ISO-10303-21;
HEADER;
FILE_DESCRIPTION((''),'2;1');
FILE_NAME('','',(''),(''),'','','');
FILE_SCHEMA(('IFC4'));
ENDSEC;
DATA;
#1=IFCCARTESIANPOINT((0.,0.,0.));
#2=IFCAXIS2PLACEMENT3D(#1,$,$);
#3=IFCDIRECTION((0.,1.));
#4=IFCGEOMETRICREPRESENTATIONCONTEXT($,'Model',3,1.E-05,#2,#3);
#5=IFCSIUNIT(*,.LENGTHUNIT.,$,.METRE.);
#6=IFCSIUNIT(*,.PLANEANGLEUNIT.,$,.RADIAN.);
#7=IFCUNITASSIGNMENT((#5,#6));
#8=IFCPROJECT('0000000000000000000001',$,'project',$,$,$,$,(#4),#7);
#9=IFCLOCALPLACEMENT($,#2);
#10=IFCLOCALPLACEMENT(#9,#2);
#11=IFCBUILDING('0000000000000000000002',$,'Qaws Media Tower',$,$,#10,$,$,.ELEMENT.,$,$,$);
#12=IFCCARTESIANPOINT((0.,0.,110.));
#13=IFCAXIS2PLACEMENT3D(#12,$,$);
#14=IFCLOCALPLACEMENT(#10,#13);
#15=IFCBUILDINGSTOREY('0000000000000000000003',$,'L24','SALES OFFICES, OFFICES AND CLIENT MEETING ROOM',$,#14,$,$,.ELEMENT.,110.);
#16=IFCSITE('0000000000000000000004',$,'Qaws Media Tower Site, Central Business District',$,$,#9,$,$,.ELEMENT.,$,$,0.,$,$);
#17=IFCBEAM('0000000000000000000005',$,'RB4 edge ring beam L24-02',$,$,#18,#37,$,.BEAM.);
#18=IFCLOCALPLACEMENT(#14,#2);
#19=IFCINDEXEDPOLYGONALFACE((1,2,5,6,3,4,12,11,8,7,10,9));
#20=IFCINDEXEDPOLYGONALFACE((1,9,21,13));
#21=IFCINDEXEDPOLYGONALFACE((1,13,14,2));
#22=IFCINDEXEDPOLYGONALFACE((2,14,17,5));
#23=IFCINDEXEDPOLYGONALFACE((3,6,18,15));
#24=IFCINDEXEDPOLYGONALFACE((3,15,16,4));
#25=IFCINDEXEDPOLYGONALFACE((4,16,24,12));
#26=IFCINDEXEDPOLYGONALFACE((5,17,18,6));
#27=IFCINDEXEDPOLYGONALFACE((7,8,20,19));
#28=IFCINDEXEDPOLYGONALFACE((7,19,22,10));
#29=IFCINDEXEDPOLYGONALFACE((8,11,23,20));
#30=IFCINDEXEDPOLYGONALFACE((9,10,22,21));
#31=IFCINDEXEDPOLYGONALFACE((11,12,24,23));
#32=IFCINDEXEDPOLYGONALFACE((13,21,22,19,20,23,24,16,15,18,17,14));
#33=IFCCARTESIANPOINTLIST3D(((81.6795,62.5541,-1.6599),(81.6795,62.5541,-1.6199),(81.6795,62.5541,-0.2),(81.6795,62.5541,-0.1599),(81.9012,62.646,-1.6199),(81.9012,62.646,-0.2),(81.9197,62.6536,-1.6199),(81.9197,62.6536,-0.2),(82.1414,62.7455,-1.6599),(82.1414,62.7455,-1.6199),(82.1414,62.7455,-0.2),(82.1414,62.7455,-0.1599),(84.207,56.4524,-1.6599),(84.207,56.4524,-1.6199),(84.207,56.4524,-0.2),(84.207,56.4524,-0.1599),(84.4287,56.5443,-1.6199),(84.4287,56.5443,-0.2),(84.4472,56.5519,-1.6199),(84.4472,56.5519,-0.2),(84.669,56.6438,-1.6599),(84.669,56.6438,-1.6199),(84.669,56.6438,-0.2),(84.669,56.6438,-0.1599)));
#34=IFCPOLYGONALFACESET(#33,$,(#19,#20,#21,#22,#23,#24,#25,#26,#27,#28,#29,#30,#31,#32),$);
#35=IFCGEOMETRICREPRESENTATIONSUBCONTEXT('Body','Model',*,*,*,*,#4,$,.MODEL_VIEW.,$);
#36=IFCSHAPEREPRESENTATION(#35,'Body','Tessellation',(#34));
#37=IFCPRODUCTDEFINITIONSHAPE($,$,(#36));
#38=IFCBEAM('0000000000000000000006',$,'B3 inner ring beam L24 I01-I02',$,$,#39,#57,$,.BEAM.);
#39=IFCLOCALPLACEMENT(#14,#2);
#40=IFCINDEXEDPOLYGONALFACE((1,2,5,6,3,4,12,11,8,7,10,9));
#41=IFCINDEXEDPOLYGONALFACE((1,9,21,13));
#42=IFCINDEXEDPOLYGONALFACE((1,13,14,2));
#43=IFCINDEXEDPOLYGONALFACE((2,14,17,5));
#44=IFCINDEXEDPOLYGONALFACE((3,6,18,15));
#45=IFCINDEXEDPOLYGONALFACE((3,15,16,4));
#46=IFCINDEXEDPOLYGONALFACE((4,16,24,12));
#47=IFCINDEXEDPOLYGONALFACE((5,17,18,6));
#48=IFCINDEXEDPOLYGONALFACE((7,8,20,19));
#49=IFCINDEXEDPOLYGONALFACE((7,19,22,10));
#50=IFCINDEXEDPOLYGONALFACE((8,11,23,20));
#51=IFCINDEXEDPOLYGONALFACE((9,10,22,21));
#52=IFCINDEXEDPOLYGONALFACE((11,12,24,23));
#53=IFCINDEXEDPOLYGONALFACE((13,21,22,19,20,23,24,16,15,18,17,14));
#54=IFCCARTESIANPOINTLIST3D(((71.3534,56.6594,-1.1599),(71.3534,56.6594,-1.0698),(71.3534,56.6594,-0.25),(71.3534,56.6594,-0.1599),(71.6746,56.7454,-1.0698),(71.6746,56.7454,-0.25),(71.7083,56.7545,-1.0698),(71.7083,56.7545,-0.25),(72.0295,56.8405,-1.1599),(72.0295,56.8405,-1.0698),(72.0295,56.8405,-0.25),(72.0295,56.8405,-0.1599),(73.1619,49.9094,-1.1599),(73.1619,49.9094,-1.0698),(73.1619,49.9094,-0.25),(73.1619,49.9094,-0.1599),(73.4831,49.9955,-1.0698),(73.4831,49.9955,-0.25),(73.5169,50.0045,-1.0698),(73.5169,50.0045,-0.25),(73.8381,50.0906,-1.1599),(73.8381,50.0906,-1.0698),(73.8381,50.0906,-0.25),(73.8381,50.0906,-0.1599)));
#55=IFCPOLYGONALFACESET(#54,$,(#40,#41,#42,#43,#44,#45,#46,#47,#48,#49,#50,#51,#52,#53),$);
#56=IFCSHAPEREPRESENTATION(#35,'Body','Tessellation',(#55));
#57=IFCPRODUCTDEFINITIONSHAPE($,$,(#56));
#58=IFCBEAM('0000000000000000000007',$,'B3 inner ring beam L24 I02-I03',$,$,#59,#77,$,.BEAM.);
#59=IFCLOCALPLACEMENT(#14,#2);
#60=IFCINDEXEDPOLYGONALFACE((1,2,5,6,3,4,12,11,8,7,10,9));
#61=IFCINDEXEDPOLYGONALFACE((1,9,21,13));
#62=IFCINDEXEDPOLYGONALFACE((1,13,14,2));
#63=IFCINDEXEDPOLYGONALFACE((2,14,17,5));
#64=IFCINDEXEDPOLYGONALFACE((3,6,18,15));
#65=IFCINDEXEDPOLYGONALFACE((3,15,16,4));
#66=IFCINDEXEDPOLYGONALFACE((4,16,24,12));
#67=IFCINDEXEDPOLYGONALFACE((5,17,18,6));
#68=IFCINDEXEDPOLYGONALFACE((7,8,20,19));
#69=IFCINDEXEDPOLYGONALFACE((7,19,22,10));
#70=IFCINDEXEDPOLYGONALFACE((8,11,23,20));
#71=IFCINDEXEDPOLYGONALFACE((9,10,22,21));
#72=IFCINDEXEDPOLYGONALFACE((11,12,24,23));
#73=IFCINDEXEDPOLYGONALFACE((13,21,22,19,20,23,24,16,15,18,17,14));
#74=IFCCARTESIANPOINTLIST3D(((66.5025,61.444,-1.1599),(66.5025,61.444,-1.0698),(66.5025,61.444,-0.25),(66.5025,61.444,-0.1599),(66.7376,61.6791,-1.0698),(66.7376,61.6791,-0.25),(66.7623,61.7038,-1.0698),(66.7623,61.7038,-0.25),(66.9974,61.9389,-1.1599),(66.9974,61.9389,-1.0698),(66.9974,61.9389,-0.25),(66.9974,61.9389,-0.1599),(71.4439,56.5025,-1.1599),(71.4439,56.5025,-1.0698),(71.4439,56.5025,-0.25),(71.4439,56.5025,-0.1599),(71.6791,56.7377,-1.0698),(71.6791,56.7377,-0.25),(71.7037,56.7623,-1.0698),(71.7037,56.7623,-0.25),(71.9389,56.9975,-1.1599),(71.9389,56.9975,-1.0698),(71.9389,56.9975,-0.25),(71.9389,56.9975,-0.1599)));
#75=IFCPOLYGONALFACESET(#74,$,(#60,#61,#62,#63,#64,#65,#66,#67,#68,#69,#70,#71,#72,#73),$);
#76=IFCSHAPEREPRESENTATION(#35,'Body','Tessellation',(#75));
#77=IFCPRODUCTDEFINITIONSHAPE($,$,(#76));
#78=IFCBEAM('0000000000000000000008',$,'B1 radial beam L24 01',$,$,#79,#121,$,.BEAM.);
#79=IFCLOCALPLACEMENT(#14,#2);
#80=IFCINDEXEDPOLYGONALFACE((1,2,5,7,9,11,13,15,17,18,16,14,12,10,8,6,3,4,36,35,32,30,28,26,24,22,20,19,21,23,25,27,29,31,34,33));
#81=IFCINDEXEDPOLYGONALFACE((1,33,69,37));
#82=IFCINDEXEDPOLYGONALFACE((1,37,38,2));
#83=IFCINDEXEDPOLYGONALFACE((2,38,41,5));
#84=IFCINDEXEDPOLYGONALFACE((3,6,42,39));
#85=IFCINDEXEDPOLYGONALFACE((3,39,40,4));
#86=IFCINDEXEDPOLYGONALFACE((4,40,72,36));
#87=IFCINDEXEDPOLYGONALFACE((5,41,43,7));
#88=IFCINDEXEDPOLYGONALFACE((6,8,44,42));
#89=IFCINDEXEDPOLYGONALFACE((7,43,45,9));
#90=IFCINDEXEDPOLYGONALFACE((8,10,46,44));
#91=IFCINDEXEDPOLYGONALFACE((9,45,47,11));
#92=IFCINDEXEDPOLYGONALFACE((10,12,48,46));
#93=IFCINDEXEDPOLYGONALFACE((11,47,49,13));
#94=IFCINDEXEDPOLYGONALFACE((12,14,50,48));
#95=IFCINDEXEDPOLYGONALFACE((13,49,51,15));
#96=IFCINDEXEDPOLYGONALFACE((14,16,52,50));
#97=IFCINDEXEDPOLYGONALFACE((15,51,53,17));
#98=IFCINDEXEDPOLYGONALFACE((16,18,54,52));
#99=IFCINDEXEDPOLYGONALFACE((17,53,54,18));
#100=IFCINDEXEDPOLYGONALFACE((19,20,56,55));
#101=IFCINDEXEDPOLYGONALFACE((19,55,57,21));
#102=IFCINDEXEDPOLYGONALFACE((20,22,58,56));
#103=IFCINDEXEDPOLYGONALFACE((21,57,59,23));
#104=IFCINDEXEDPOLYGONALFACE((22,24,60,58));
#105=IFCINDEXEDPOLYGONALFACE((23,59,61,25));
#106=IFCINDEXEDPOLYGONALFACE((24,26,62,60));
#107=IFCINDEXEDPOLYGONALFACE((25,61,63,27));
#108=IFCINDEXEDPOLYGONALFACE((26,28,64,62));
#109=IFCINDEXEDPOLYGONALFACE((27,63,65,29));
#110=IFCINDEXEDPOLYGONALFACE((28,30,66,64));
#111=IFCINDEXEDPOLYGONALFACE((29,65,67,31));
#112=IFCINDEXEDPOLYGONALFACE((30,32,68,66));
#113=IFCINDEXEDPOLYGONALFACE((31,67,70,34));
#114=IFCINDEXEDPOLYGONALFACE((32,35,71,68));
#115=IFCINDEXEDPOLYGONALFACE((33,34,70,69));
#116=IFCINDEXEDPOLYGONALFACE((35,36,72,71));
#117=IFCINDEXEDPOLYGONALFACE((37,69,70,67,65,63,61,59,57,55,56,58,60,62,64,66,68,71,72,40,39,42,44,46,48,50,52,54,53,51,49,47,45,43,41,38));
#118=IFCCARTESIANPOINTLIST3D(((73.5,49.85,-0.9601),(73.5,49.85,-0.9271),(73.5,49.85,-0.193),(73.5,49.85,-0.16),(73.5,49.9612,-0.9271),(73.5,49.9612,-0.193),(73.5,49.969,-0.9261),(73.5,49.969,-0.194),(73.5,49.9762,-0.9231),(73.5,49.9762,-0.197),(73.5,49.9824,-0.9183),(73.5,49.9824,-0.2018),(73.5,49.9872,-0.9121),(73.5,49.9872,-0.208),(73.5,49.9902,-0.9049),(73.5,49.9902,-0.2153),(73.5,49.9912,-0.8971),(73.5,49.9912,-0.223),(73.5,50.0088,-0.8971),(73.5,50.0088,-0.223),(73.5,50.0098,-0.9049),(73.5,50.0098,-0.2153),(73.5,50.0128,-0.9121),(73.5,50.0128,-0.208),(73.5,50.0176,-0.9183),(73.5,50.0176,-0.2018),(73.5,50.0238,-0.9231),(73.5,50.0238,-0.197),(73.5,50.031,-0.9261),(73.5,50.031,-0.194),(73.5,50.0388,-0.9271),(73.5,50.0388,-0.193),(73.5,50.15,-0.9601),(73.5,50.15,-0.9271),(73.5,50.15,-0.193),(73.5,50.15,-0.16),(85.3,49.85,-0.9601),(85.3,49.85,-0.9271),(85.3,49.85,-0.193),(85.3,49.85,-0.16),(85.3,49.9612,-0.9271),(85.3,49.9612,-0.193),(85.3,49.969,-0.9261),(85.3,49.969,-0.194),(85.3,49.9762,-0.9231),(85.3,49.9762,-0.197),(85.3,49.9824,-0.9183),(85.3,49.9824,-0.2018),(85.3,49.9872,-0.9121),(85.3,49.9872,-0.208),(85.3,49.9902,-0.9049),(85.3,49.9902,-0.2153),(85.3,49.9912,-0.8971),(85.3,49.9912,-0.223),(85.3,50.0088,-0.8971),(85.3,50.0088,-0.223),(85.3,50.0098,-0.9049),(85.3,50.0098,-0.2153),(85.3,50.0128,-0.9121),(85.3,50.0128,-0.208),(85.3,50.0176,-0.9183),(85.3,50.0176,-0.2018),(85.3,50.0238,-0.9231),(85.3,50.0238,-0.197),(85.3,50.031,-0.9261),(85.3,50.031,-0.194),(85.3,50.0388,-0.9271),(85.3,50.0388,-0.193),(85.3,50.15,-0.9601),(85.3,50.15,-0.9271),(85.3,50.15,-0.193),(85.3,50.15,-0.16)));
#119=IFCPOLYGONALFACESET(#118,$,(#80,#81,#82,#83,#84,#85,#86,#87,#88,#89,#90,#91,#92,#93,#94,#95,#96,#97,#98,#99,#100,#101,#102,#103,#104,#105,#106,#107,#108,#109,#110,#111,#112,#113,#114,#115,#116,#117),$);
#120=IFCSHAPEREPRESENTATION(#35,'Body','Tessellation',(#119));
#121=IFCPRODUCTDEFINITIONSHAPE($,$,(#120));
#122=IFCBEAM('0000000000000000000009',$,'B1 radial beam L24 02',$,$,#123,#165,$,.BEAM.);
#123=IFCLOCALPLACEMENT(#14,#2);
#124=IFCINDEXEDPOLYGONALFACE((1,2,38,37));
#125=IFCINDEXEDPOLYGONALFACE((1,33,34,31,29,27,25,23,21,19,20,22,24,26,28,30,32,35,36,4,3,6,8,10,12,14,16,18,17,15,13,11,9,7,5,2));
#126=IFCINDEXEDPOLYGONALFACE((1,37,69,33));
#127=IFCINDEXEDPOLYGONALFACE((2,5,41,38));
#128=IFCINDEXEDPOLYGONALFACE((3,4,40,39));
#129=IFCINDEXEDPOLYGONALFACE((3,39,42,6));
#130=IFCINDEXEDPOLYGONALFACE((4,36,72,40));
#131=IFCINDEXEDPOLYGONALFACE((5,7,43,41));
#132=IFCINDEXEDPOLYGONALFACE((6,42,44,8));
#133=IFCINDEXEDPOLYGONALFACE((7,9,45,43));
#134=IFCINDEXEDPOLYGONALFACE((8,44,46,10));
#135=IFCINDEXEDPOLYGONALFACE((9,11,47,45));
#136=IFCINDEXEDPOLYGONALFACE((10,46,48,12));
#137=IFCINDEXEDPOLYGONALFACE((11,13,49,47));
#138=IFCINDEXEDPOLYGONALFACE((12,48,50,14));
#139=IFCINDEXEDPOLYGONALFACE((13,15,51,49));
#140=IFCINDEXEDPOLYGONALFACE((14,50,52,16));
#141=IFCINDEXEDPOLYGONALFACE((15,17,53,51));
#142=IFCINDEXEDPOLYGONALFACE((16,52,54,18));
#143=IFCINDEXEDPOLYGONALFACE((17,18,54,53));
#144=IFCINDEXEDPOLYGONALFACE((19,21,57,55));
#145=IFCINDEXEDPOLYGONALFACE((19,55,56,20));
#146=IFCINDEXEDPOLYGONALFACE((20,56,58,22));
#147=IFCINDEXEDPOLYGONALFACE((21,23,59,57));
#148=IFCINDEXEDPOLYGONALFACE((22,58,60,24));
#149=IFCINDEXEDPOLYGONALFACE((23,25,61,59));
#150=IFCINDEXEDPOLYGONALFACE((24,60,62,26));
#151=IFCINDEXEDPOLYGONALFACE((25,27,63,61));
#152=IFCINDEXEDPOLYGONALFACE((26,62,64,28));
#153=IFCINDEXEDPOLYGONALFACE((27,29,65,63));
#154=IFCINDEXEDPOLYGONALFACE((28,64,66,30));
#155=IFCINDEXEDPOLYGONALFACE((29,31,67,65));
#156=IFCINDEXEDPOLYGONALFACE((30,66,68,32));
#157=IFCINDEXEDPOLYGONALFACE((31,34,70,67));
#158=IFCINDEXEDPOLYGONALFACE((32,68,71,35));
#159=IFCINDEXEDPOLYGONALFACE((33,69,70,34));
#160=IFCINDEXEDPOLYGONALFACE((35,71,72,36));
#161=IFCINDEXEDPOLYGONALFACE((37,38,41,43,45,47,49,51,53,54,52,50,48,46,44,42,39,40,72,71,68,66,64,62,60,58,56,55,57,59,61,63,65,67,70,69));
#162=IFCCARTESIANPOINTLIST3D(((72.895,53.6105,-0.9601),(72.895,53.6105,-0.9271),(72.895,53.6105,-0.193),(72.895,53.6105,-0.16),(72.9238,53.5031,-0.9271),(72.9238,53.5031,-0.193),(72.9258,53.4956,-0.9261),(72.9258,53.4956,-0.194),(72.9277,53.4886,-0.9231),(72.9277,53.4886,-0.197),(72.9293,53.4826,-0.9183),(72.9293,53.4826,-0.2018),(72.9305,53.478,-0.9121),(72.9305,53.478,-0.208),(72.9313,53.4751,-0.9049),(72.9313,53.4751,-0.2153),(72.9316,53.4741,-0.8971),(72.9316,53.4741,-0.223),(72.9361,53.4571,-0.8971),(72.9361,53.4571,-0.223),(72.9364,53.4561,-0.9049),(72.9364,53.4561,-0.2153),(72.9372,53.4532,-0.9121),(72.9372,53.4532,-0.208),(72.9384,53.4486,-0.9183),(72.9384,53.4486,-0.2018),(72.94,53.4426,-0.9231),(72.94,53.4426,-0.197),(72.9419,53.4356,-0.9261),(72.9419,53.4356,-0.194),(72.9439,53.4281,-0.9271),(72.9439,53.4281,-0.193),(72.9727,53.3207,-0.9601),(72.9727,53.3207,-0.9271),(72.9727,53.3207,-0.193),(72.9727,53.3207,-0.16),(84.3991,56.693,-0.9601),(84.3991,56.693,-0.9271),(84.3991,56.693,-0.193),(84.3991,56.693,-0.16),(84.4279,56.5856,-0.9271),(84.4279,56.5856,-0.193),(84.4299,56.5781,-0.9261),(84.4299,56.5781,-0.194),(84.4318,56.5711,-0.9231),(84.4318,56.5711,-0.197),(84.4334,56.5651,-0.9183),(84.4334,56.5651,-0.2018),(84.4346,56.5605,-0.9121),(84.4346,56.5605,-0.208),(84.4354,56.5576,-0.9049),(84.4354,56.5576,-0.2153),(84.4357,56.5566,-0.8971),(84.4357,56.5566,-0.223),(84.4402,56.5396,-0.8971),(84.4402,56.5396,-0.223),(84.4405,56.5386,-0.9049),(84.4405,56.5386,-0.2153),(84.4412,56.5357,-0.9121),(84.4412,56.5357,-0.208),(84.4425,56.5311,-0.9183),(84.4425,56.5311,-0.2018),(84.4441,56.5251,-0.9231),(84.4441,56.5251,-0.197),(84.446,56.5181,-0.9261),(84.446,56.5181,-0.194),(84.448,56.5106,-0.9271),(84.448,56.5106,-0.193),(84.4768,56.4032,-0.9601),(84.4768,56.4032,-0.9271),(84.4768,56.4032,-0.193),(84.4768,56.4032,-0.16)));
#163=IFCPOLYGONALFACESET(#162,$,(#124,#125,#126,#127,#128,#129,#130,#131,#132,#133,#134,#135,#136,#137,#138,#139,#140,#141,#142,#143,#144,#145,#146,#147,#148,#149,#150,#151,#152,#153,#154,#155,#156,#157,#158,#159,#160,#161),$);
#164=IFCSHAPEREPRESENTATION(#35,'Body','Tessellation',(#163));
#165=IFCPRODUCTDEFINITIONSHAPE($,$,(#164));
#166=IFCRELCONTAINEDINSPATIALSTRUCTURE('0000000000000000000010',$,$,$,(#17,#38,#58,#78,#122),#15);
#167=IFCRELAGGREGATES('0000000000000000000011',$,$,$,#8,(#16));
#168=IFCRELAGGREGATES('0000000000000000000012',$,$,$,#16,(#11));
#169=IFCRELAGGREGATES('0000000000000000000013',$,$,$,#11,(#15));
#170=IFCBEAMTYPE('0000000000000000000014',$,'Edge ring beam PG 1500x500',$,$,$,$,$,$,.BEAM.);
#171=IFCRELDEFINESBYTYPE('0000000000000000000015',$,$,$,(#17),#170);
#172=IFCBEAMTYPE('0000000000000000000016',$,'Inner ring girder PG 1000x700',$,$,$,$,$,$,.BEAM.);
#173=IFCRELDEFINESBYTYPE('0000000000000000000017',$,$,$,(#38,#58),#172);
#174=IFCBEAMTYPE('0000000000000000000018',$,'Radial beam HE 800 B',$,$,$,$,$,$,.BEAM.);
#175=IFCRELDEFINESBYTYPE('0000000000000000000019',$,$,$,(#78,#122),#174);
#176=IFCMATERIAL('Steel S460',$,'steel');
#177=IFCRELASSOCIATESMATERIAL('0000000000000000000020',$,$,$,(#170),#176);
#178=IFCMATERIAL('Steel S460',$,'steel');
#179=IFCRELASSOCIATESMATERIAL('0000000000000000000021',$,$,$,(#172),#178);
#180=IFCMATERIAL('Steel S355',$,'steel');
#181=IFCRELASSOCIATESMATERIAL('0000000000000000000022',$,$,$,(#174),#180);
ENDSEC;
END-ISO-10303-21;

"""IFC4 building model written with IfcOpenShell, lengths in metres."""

from ifc_helpers import new_model, si_unit, direction, frame, origin, origin_2d, place, context, subcontext, project, spatial, i_section, extrude, material, material_profile, profile_set, type_object, element, save


model = new_model("IFC4")

# Units and contexts
model_context = context("Model", 3, precision=1e-05, world=origin(), true_north=direction((0.0, 1.0)))
body_context = subcontext(model_context, "Body", "Model", "MODEL_VIEW")
ifc_project = project(units=[si_unit("LENGTHUNIT", "METRE"), si_unit("PLANEANGLEUNIT", "RADIAN")], contexts=[model_context])

# Site, building, storey
site_placement = place(None, origin())
site = spatial("IfcSite", under=ifc_project, at=site_placement, Name="Qaws Media Tower Site, Central Business District", CompositionType="ELEMENT", RefElevation=0.0)
building_placement = place(site_placement, origin())
building = spatial("IfcBuilding", under=site, at=building_placement, Name="Qaws Media Tower", CompositionType="ELEMENT")
storey_placement = place(building_placement, frame((0.0, 0.0, 110.0)))
storey = spatial("IfcBuildingStorey", under=building, at=storey_placement, Name="L24", Description="SALES OFFICES, OFFICES AND CLIENT MEETING ROOM", CompositionType="ELEMENT", Elevation=110.0)

# Beams
ifc_material_1 = material(Name="Steel S460", Category="steel")
ifc_material_profile_1 = material_profile(ifc_material_1, i_section(OverallWidth=0.5, OverallDepth=1.5, WebThickness=0.02, FlangeThickness=0.04, at=origin_2d()), Name="PG 1500x500")
ifc_profile_set_1 = profile_set([ifc_material_profile_1], Name="Steel S460")
beam_type_1 = type_object("IfcBeamType", Name="Edge ring beam PG 1500x500", PredefinedType="BEAM", material=ifc_profile_set_1)
for number, where, z_axis, x_axis, name in (
    (1, (84.438, 56.5481, -0.9099), (-0.382701, 0.923872, 0.0), (-0.923872, -0.382701, 0.0), "RB4 edge ring beam L24-02"),
):
    element("IfcBeam", number, at=place(storey_placement, frame(where, z_axis=z_axis, x_axis=x_axis)), inside=storey, type_object=beam_type_1, Name=name, PredefinedType="BEAM", context=body_context, shape_type="SweptSolid", body=[
        extrude(i_section(OverallWidth=0.5, OverallDepth=1.5, WebThickness=0.02, FlangeThickness=0.04, at=origin_2d()), origin(), (0.0, 0.0, 1.0), 6.6045),
    ])
ifc_material_2 = material(Name="Steel S460", Category="steel")
ifc_material_profile_2 = material_profile(ifc_material_2, i_section(OverallWidth=0.7, OverallDepth=1.0, WebThickness=0.0349, FlangeThickness=0.0901, at=origin_2d()), Name="PG 1000x700")
ifc_profile_set_2 = profile_set([ifc_material_profile_2], Name="Steel S460")
beam_type_2 = type_object("IfcBeamType", Name="Inner ring girder PG 1000x700", PredefinedType="BEAM", material=ifc_profile_set_2)
beam_1_placement = place(storey_placement, frame((73.5, 50.0, -0.6599), z_axis=(-0.258811, 0.965928, 0.0), x_axis=(-0.965928, -0.258811, 0.0)))
element("IfcBeam", 2, at=beam_1_placement, inside=storey, type_object=beam_type_2, Name="B3 inner ring beam L24 I01-I02", PredefinedType="BEAM", context=body_context, shape_type="SweptSolid", body=[
    extrude(i_section(OverallWidth=0.7, OverallDepth=1.0, WebThickness=0.0349, FlangeThickness=0.0901, at=origin_2d()), origin(), (0.0, 0.0, 1.0), 6.988),
])
beam_2_placement = place(storey_placement, frame((71.6914, 56.75, -0.6599), z_axis=(-0.707107, 0.707107, 0.0), x_axis=(-0.707107, -0.707107, 0.0)))
element("IfcBeam", 3, at=beam_2_placement, inside=storey, type_object=beam_type_2, Name="B3 inner ring beam L24 I02-I03", PredefinedType="BEAM", context=body_context, shape_type="SweptSolid", body=[
    extrude(i_section(OverallWidth=0.7, OverallDepth=1.0, WebThickness=0.0349, FlangeThickness=0.0901, at=origin_2d()), origin(), (0.0, 0.0, 1.0), 6.9883),
])
ifc_material_3 = material(Name="Steel S355", Category="steel")
ifc_material_profile_3 = material_profile(ifc_material_3, i_section(OverallWidth=0.3, OverallDepth=0.8, WebThickness=0.0176, FlangeThickness=0.033, FilletRadius=0.03, at=origin_2d()), Name="HE 800 B")
ifc_profile_set_3 = profile_set([ifc_material_profile_3], Name="Steel S355")
beam_type_3 = type_object("IfcBeamType", Name="Radial beam HE 800 B", PredefinedType="BEAM", material=ifc_profile_set_3)
beam_3_placement = place(storey_placement, frame((73.5, 50.0, -0.5601), z_axis=(1.0, 0.0, 0.0), x_axis=(0.0, 1.0, 0.0)))
element("IfcBeam", 4, at=beam_3_placement, inside=storey, type_object=beam_type_3, Name="B1 radial beam L24 01", PredefinedType="BEAM", context=body_context, shape_type="SweptSolid", body=[
    extrude(i_section(OverallWidth=0.3, OverallDepth=0.8, WebThickness=0.0176, FlangeThickness=0.033, FilletRadius=0.03, at=origin_2d()), origin(), (0.0, 0.0, 1.0), 11.8),
])
beam_4_placement = place(storey_placement, frame((72.9338, 53.4656, -0.5601), z_axis=(0.965926, 0.258818, 0.0), x_axis=(-0.258818, 0.965926, 0.0)))
element("IfcBeam", 5, at=beam_4_placement, inside=storey, type_object=beam_type_3, Name="B1 radial beam L24 02", PredefinedType="BEAM", context=body_context, shape_type="SweptSolid", body=[
    extrude(i_section(OverallWidth=0.3, OverallDepth=0.8, WebThickness=0.0176, FlangeThickness=0.033, FilletRadius=0.03, at=origin_2d()), origin(), (0.0, 0.0, 1.0), 11.9099),
])

save(model, "model.ifc")
